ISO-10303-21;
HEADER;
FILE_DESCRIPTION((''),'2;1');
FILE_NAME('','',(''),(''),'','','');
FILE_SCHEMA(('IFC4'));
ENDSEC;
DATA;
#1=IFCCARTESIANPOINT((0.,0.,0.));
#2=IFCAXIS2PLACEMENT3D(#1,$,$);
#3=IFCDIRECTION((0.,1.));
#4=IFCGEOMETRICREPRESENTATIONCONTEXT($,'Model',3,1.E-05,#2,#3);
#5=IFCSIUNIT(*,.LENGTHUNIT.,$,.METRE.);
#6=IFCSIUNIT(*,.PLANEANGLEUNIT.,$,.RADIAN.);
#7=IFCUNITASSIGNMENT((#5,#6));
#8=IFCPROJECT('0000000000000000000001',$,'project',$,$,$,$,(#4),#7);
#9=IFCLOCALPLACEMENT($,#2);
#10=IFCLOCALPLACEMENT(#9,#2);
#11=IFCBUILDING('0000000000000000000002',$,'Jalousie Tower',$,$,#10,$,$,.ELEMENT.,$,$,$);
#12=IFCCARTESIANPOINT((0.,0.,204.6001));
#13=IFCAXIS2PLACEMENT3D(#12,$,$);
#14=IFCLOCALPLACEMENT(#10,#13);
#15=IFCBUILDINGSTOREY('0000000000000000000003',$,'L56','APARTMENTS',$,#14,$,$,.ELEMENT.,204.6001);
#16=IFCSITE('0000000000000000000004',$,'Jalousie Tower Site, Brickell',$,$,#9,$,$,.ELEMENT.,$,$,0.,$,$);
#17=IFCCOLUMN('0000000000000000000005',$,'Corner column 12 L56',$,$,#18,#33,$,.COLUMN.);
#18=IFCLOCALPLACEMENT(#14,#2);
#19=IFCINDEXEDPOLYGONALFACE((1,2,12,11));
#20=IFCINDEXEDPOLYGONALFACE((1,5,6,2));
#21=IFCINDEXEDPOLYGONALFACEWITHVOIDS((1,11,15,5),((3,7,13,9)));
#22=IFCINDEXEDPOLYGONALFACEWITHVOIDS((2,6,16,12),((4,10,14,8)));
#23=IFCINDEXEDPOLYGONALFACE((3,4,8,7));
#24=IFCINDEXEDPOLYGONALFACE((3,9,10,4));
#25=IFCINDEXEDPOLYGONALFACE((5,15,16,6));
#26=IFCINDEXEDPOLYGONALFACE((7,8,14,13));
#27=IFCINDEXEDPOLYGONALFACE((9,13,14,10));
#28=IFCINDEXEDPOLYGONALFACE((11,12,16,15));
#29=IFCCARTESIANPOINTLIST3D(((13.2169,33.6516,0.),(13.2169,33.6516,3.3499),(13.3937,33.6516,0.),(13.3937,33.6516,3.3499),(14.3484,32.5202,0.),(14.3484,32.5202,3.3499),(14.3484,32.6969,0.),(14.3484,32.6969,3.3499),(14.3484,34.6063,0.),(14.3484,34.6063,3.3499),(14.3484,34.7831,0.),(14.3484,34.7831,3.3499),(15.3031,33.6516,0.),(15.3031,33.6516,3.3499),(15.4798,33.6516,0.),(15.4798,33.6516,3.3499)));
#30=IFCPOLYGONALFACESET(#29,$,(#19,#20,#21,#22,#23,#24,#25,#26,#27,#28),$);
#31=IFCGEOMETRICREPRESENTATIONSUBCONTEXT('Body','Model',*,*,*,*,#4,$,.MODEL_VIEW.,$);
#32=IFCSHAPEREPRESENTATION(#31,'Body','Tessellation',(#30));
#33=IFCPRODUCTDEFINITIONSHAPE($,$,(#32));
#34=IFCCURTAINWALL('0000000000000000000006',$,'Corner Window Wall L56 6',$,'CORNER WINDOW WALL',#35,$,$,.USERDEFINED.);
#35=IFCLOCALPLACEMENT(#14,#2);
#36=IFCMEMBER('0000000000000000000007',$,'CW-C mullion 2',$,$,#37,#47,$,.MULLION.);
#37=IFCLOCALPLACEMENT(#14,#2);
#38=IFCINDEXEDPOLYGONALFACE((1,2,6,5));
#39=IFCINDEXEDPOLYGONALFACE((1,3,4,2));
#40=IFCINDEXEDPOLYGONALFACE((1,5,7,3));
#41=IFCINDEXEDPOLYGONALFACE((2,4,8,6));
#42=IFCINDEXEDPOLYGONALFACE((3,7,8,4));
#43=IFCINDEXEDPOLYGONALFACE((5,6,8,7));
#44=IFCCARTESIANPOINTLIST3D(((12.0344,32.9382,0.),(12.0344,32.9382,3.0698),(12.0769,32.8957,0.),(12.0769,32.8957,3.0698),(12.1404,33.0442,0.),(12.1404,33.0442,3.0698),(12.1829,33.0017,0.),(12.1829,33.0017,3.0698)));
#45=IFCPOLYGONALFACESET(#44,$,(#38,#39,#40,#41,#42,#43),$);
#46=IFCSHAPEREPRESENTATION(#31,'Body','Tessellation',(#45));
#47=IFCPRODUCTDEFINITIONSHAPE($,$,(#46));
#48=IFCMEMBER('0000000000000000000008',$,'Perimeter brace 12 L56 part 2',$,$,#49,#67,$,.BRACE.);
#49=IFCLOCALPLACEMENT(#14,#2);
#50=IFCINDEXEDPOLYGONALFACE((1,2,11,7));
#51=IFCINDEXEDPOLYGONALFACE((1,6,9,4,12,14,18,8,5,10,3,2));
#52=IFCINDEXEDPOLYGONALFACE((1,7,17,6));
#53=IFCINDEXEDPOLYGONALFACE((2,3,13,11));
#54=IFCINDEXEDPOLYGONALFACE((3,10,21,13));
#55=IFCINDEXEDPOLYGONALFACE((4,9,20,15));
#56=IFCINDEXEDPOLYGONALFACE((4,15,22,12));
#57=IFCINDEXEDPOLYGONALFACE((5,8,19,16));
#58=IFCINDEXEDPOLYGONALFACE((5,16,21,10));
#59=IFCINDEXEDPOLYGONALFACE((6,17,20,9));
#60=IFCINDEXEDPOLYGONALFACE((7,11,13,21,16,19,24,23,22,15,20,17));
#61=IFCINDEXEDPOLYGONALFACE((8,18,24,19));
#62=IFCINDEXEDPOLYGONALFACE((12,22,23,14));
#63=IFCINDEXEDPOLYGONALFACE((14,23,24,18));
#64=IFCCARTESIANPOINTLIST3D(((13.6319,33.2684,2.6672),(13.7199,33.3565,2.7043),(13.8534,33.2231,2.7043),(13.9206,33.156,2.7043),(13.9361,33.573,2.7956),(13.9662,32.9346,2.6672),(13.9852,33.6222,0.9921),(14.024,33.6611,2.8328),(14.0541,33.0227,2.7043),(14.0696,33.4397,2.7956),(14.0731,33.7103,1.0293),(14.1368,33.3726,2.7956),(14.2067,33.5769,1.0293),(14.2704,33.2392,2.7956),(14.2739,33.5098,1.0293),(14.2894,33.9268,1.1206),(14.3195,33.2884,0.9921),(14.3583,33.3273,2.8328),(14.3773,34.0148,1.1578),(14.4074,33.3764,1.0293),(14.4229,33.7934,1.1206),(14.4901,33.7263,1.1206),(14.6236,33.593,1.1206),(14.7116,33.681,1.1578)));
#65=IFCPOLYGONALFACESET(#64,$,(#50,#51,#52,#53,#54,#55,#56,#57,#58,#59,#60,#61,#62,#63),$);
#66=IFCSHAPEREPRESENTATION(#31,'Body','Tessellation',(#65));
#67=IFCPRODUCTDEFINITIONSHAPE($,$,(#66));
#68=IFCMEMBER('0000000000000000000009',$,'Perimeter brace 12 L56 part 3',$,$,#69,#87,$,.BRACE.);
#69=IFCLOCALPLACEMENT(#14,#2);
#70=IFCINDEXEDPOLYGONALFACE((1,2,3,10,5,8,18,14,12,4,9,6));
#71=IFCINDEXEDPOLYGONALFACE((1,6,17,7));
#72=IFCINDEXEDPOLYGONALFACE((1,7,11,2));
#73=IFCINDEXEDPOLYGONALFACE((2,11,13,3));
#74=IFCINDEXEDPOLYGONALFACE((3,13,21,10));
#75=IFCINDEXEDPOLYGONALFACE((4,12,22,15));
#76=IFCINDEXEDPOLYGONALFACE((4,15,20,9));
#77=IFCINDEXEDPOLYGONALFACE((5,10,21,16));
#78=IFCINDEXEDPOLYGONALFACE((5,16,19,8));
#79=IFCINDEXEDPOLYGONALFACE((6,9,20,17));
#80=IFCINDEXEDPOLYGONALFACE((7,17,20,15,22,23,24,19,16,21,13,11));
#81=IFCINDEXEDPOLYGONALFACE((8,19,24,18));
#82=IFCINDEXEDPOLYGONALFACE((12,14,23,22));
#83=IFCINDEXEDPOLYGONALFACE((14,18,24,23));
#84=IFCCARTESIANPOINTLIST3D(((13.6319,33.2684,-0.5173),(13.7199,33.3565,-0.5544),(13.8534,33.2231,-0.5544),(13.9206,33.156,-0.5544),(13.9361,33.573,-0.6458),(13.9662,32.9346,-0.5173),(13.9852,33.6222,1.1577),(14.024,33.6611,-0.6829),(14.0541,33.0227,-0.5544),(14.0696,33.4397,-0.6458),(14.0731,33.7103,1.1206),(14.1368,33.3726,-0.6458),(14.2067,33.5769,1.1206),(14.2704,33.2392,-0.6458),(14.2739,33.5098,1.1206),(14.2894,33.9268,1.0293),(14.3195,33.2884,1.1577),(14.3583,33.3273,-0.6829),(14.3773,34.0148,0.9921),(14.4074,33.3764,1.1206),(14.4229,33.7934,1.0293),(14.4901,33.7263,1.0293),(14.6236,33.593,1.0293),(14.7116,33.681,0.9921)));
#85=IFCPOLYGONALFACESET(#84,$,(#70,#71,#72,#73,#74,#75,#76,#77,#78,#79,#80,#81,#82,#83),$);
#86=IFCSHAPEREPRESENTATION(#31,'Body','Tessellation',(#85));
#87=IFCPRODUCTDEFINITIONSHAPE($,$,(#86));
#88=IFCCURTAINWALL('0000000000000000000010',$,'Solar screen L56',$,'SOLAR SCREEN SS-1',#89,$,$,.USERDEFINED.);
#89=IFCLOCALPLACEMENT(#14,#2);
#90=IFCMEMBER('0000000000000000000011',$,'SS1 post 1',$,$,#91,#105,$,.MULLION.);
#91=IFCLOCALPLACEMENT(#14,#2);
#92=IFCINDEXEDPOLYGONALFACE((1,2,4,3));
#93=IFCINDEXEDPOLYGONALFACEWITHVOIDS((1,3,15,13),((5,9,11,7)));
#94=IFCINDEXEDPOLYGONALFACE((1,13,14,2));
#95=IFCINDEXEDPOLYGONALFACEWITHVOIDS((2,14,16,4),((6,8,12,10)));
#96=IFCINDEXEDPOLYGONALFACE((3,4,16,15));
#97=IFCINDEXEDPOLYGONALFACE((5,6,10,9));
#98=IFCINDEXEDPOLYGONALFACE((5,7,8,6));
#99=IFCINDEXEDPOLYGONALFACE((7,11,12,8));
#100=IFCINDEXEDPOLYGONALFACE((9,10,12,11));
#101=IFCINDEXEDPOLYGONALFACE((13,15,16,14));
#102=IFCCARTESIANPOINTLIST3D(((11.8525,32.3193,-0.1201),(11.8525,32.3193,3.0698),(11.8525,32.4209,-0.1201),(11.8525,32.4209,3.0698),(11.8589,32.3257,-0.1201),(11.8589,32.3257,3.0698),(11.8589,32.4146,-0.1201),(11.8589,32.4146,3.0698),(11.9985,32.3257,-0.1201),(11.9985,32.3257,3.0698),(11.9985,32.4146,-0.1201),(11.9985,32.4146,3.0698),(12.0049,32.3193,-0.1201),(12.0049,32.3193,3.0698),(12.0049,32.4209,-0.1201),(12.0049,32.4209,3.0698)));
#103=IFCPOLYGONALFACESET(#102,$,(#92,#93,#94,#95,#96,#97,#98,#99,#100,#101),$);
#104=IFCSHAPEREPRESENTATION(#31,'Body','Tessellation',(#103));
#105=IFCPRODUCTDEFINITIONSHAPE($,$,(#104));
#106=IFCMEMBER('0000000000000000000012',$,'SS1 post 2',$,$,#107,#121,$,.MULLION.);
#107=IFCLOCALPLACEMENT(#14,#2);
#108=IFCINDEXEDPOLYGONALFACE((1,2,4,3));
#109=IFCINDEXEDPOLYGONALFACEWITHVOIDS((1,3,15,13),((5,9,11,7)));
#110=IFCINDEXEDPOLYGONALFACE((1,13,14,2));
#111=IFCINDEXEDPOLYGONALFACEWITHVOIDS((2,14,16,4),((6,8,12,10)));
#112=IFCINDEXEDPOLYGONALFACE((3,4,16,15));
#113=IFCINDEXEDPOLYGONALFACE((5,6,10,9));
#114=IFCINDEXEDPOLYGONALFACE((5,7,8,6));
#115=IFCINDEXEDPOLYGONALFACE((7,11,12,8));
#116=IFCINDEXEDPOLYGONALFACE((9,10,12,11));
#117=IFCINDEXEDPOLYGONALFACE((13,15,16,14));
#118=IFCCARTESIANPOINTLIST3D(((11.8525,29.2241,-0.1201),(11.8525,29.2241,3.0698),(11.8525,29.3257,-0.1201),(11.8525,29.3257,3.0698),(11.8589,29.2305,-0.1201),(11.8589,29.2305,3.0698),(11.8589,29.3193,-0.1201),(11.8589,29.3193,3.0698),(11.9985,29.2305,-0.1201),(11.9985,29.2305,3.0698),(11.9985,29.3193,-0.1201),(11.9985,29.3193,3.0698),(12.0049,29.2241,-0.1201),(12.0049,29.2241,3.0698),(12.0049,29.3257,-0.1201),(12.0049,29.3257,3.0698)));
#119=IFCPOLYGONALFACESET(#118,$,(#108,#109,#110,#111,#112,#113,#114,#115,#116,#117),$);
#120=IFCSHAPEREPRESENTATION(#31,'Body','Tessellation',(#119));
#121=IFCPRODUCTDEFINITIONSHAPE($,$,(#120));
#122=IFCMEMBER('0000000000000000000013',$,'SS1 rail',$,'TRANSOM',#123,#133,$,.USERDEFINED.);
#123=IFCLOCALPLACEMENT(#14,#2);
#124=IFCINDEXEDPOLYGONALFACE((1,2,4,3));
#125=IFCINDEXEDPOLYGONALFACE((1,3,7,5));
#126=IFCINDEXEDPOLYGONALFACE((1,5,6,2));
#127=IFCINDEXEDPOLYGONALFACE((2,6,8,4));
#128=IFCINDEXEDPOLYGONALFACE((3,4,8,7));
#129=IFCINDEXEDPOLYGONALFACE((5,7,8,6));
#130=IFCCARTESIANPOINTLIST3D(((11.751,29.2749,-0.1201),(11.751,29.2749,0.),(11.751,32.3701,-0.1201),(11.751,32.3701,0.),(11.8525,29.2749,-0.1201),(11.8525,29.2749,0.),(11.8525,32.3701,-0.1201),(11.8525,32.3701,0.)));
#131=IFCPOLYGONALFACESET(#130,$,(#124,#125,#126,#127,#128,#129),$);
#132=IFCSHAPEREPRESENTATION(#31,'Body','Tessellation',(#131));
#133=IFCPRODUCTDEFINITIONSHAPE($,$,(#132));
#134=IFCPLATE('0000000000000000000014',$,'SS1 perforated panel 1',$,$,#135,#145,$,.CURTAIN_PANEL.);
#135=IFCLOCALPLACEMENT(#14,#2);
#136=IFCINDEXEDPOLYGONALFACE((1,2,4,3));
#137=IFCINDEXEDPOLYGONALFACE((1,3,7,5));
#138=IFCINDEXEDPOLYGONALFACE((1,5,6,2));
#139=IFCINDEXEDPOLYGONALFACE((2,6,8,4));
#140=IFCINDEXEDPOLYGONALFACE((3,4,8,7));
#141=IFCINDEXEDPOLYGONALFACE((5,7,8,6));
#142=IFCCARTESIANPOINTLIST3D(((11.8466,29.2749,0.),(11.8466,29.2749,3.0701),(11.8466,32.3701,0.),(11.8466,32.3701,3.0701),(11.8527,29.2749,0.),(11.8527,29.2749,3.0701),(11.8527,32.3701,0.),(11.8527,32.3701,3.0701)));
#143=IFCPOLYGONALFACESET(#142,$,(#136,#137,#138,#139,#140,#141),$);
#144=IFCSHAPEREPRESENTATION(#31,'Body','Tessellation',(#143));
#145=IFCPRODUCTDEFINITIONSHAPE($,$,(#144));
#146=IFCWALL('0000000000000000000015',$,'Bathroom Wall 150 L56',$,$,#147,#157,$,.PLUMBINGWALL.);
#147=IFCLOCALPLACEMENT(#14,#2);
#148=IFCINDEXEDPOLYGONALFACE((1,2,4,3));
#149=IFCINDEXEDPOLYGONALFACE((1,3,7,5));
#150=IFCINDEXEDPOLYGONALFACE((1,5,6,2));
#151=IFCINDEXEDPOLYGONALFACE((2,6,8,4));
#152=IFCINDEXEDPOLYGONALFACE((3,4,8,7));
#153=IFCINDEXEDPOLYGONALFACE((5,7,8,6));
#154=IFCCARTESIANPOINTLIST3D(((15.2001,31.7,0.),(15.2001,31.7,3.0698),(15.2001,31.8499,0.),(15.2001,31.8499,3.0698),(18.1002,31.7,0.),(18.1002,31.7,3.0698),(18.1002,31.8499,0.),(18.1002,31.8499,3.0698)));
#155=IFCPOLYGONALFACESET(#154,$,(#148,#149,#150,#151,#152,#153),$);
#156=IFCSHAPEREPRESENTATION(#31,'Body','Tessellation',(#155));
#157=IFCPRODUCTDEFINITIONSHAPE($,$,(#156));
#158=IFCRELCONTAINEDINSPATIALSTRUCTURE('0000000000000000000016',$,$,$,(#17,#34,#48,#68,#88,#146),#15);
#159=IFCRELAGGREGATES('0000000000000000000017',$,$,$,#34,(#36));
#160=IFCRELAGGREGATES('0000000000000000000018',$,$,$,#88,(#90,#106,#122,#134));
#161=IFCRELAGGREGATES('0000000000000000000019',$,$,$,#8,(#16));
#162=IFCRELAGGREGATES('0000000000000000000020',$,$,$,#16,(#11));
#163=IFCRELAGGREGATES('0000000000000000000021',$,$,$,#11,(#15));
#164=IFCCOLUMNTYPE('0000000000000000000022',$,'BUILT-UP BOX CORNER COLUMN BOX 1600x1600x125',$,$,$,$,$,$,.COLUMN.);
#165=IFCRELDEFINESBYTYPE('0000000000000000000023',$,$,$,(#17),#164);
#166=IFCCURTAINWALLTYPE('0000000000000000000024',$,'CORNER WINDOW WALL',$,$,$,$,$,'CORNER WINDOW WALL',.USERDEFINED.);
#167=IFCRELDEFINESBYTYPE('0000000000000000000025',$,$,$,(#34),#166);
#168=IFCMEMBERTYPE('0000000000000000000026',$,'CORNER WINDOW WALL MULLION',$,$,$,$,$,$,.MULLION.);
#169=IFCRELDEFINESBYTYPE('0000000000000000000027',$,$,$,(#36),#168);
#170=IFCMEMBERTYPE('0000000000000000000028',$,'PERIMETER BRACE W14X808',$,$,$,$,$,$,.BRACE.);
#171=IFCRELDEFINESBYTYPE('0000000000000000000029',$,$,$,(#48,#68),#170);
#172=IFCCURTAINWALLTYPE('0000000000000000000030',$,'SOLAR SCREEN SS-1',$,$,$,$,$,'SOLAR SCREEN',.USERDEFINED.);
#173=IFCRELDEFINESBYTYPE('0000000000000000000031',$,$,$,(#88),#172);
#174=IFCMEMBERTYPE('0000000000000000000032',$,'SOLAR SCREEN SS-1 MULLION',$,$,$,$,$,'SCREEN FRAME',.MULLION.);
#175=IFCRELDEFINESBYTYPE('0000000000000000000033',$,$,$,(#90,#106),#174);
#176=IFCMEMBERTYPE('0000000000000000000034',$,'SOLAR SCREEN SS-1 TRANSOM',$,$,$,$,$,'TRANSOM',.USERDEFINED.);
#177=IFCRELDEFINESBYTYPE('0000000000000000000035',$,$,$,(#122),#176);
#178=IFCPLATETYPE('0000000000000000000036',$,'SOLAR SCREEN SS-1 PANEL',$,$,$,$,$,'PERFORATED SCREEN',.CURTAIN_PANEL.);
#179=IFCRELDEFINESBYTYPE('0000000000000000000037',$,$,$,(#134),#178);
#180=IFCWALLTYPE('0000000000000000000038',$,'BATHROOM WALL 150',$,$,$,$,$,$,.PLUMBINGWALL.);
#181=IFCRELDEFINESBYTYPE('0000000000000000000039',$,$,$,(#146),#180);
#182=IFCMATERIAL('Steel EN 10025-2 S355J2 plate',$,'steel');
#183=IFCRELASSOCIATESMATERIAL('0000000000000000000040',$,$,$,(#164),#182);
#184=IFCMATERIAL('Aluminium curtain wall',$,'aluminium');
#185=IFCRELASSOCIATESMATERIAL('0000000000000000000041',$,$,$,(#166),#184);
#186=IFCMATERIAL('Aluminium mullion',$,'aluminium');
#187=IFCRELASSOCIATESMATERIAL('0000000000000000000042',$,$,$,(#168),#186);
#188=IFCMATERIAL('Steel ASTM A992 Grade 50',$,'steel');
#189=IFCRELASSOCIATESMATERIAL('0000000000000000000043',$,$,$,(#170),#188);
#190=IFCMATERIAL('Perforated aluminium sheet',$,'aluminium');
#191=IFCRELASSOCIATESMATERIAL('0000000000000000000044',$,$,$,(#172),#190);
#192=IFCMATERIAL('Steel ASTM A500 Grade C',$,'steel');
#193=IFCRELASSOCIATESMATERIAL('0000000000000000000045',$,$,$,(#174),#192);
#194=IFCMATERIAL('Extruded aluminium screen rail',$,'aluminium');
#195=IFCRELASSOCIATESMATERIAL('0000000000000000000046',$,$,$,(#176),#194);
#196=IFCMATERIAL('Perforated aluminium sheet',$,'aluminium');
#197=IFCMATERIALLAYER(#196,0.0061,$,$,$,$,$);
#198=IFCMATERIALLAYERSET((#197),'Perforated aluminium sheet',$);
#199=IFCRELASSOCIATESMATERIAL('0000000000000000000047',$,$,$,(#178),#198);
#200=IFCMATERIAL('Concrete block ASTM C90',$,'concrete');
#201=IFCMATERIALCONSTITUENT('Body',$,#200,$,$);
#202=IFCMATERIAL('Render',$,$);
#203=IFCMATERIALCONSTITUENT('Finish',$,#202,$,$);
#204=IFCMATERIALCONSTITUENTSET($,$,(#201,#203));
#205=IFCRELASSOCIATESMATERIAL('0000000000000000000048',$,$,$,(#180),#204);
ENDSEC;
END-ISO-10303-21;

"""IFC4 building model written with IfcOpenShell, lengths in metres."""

from ifc_helpers import new_model, si_unit, direction, frame, frame_2d, origin, origin_2d, place, context, subcontext, project, spatial, rectangle, hollow_rectangle, i_section, extrude, material, layer, layer_set, constituent, constituent_set, material_profile, profile_set, type_object, element, aggregate, save


model = new_model("IFC4")

# Units and contexts
model_context = context("Model", 3, precision=1e-05, world=origin(), true_north=direction((0.0, 1.0)))
body_context = subcontext(model_context, "Body", "Model", "MODEL_VIEW")
ifc_project = project(units=[si_unit("LENGTHUNIT", "METRE"), si_unit("PLANEANGLEUNIT", "RADIAN")], contexts=[model_context])

# Site, building, storey
site_placement = place(None, origin())
site = spatial("IfcSite", under=ifc_project, at=site_placement, Name="Jalousie Tower Site, Brickell", CompositionType="ELEMENT", RefElevation=0.0)
building_placement = place(site_placement, origin())
building = spatial("IfcBuilding", under=site, at=building_placement, Name="Jalousie Tower", CompositionType="ELEMENT")
storey_placement = place(building_placement, frame((0.0, 0.0, 204.6001)))
storey = spatial("IfcBuildingStorey", under=building, at=storey_placement, Name="L56", Description="APARTMENTS", CompositionType="ELEMENT", Elevation=204.6001)

# Column
ifc_material_1 = material(Name="Steel EN 10025-2 S355J2 plate", Category="steel")
ifc_material_profile_1 = material_profile(ifc_material_1, hollow_rectangle(XDim=1.6001, YDim=1.6001, WallThickness=0.125, at=origin_2d()), Name="BOX 1600x1600x125")
ifc_profile_set_1 = profile_set([ifc_material_profile_1], Name="Steel EN 10025-2 S355J2 plate")
column_type = type_object("IfcColumnType", Name="BUILT-UP BOX CORNER COLUMN BOX 1600x1600x125", PredefinedType="COLUMN", material=ifc_profile_set_1)
column_placement = place(storey_placement, frame((14.3484, 33.6516, 0.0), z_axis=(0.0, 0.0, 1.0), x_axis=(0.707107, -0.707107, 0.0)))
element("IfcColumn", 1, at=column_placement, inside=storey, type_object=column_type, Name="Corner column 12 L56", PredefinedType="COLUMN", context=body_context, shape_type="SweptSolid", body=[
    extrude(hollow_rectangle(XDim=1.6001, YDim=1.6001, WallThickness=0.125, at=origin_2d()), origin(), (0.0, 0.0, 1.0), 3.3499),
])

# Curtain wall, member
ifc_material_2 = material(Name="Aluminium curtain wall", Category="aluminium")
curtain_wall_type_1 = type_object("IfcCurtainWallType", Name="CORNER WINDOW WALL", ElementType="CORNER WINDOW WALL", PredefinedType="USERDEFINED", material=ifc_material_2)
curtain_wall_1_placement = place(storey_placement, origin())
curtain_wall_1 = element("IfcCurtainWall", 2, at=curtain_wall_1_placement, inside=storey, type_object=curtain_wall_type_1, Name="Corner Window Wall L56 6", ObjectType="CORNER WINDOW WALL", PredefinedType="USERDEFINED")
ifc_material_3 = material(Name="Aluminium mullion", Category="aluminium")
ifc_material_profile_2 = material_profile(ifc_material_3, rectangle(XDim=0.0601, YDim=0.1499, at=origin_2d()), Name="MULLION 60x150")
ifc_profile_set_2 = profile_set([ifc_material_profile_2], Name="Aluminium mullion")
member_type_1 = type_object("IfcMemberType", Name="CORNER WINDOW WALL MULLION", PredefinedType="MULLION", material=ifc_profile_set_2)
member_1_placement = place(storey_placement, frame((12.1086, 32.97, 0.0), z_axis=(0.0, 0.0, 1.0), x_axis=(0.707107, -0.707107, 0.0)))
member_1 = element("IfcMember", 3, at=member_1_placement, type_object=member_type_1, Name="CW-C mullion 2", PredefinedType="MULLION", context=body_context, shape_type="SweptSolid", body=[
    extrude(rectangle(XDim=0.0601, YDim=0.1499, at=origin_2d()), origin(), (0.0, 0.0, 1.0), 3.0698),
])
aggregate(curtain_wall_1, [member_1])

# Members
ifc_material_4 = material(Name="Steel ASTM A992 Grade 50", Category="steel")
ifc_material_profile_3 = material_profile(ifc_material_4, i_section(OverallWidth=0.4724, OverallDepth=0.5791, WebThickness=0.095, FlangeThickness=0.1299, at=origin_2d()), Name="W14X808")
ifc_profile_set_3 = profile_set([ifc_material_profile_3], Name="Steel ASTM A992 Grade 50")
member_type_2 = type_object("IfcMemberType", Name="PERIMETER BRACE W14X808", PredefinedType="BRACE", material=ifc_profile_set_3)
for number, where, z_axis, x_axis, name in (
    (4, (14.3484, 33.6516, 1.075), (-0.202093, -0.202372, 0.95823), (0.707595, -0.706618, 0.0), "Perimeter brace 12 L56 part 2"),
    (5, (13.9951, 33.2979, -0.6001), (0.202093, 0.202372, 0.95823), (-0.707595, 0.706618, 0.0), "Perimeter brace 12 L56 part 3"),
):
    element("IfcMember", number, at=place(storey_placement, frame(where, z_axis=z_axis, x_axis=x_axis)), inside=storey, type_object=member_type_2, Name=name, PredefinedType="BRACE", context=body_context, shape_type="SweptSolid", body=[
        extrude(i_section(OverallWidth=0.4724, OverallDepth=0.5791, WebThickness=0.095, FlangeThickness=0.1299, at=origin_2d()), origin(), (0.0, 0.0, 1.0), 1.748),
    ])

# Curtain wall, members, plate
ifc_material_5 = material(Name="Perforated aluminium sheet", Category="aluminium")
curtain_wall_type_2 = type_object("IfcCurtainWallType", Name="SOLAR SCREEN SS-1", ElementType="SOLAR SCREEN", PredefinedType="USERDEFINED", material=ifc_material_5)
curtain_wall_2_placement = place(storey_placement, origin())
curtain_wall_2 = element("IfcCurtainWall", 6, at=curtain_wall_2_placement, inside=storey, type_object=curtain_wall_type_2, Name="Solar screen L56", ObjectType="SOLAR SCREEN SS-1", PredefinedType="USERDEFINED")
ifc_material_6 = material(Name="Steel ASTM A500 Grade C", Category="steel")
ifc_material_profile_4 = material_profile(ifc_material_6, hollow_rectangle(XDim=0.1016, YDim=0.1523, WallThickness=0.0063, at=origin_2d()), Name="HSS6X4X1/4")
ifc_profile_set_4 = profile_set([ifc_material_profile_4], Name="Steel ASTM A500 Grade C")
member_type_3 = type_object("IfcMemberType", Name="SOLAR SCREEN SS-1 MULLION", ElementType="SCREEN FRAME", PredefinedType="MULLION", material=ifc_profile_set_4)
member_2_placement = place(storey_placement, frame((11.9287, 32.3701, -0.1201), z_axis=(0.0, 0.0, 1.0), x_axis=(0.0, -1.0, 0.0)))
member_2 = element("IfcMember", 7, at=member_2_placement, type_object=member_type_3, Name="SS1 post 1", PredefinedType="MULLION", context=body_context, shape_type="SweptSolid", body=[
    extrude(hollow_rectangle(XDim=0.1016, YDim=0.1523, WallThickness=0.0063, at=origin_2d()), origin(), (0.0, 0.0, 1.0), 3.1899),
])
member_3_placement = place(storey_placement, frame((11.9287, 29.2749, -0.1201), z_axis=(0.0, 0.0, 1.0), x_axis=(0.0, -1.0, 0.0)))
member_3 = element("IfcMember", 8, at=member_3_placement, type_object=member_type_3, Name="SS1 post 2", PredefinedType="MULLION", context=body_context, shape_type="SweptSolid", body=[
    extrude(hollow_rectangle(XDim=0.1016, YDim=0.1523, WallThickness=0.0063, at=origin_2d()), origin(), (0.0, 0.0, 1.0), 3.1899),
])
ifc_material_7 = material(Name="Extruded aluminium screen rail", Category="aluminium")
ifc_material_profile_5 = material_profile(ifc_material_7, rectangle(XDim=0.1016, YDim=0.1201, at=origin_2d()), Name="RAIL 102x120")
ifc_profile_set_5 = profile_set([ifc_material_profile_5], Name="Extruded aluminium screen rail")
member_type_4 = type_object("IfcMemberType", Name="SOLAR SCREEN SS-1 TRANSOM", ElementType="TRANSOM", PredefinedType="USERDEFINED", material=ifc_profile_set_5)
member_4_placement = place(storey_placement, frame((11.8018, 32.3701, -0.0601), z_axis=(0.0, -1.0, 0.0), x_axis=(1.0, 0.0, 0.0)))
member_4 = element("IfcMember", 9, at=member_4_placement, type_object=member_type_4, Name="SS1 rail", ObjectType="TRANSOM", PredefinedType="USERDEFINED", context=body_context, shape_type="SweptSolid", body=[
    extrude(rectangle(XDim=0.1016, YDim=0.1201, at=origin_2d()), origin(), (0.0, 0.0, 1.0), 3.0952),
])
ifc_material_8 = material(Name="Perforated aluminium sheet", Category="aluminium")
ifc_layer = layer(ifc_material_8, 0.0061)
ifc_layer_set = layer_set([ifc_layer], Name="Perforated aluminium sheet")
plate_type = type_object("IfcPlateType", Name="SOLAR SCREEN SS-1 PANEL", ElementType="PERFORATED SCREEN", PredefinedType="CURTAIN_PANEL", material=ifc_layer_set)
plate_placement = place(storey_placement, frame((11.8496, 30.8225, 0.0), z_axis=(0.0, 0.0, 1.0), x_axis=(0.0, -1.0, 0.0)))
plate = element("IfcPlate", 10, at=plate_placement, type_object=plate_type, Name="SS1 perforated panel 1", PredefinedType="CURTAIN_PANEL", context=body_context, shape_type="SweptSolid", body=[
    extrude(rectangle(XDim=3.0952, YDim=0.0061, at=origin_2d()), origin(), (0.0, 0.0, 1.0), 3.0701),
])
aggregate(curtain_wall_2, [member_2, member_3, member_4, plate])

# Wall
ifc_material_9 = material(Name="Concrete block ASTM C90", Category="concrete")
ifc_constituent_1 = constituent(ifc_material_9, Name="Body")
ifc_material_10 = material(Name="Render")
ifc_constituent_2 = constituent(ifc_material_10, Name="Finish")
ifc_constituent_set_1 = constituent_set(constituents=[ifc_constituent_1, ifc_constituent_2])
wall_type_1 = type_object("IfcWallType", Name="BATHROOM WALL 150", PredefinedType="PLUMBINGWALL", material=ifc_constituent_set_1)
wall_1_placement = place(storey_placement, frame((15.2, 31.7749, 0.0), z_axis=(0.0, 0.0, 1.0), x_axis=(1.0, 0.0, 0.0)))
element("IfcWall", 11, at=wall_1_placement, inside=storey, type_object=wall_type_1, Name="Bathroom Wall 150 L56", PredefinedType="PLUMBINGWALL", context=body_context, shape_type="SweptSolid", body=[
    extrude(rectangle(XDim=2.9001, YDim=0.1499, at=frame_2d((1.4502, 0.0))), origin(), (0.0, 0.0, 1.0), 3.0698),
])

save(model, "model.ifc")
